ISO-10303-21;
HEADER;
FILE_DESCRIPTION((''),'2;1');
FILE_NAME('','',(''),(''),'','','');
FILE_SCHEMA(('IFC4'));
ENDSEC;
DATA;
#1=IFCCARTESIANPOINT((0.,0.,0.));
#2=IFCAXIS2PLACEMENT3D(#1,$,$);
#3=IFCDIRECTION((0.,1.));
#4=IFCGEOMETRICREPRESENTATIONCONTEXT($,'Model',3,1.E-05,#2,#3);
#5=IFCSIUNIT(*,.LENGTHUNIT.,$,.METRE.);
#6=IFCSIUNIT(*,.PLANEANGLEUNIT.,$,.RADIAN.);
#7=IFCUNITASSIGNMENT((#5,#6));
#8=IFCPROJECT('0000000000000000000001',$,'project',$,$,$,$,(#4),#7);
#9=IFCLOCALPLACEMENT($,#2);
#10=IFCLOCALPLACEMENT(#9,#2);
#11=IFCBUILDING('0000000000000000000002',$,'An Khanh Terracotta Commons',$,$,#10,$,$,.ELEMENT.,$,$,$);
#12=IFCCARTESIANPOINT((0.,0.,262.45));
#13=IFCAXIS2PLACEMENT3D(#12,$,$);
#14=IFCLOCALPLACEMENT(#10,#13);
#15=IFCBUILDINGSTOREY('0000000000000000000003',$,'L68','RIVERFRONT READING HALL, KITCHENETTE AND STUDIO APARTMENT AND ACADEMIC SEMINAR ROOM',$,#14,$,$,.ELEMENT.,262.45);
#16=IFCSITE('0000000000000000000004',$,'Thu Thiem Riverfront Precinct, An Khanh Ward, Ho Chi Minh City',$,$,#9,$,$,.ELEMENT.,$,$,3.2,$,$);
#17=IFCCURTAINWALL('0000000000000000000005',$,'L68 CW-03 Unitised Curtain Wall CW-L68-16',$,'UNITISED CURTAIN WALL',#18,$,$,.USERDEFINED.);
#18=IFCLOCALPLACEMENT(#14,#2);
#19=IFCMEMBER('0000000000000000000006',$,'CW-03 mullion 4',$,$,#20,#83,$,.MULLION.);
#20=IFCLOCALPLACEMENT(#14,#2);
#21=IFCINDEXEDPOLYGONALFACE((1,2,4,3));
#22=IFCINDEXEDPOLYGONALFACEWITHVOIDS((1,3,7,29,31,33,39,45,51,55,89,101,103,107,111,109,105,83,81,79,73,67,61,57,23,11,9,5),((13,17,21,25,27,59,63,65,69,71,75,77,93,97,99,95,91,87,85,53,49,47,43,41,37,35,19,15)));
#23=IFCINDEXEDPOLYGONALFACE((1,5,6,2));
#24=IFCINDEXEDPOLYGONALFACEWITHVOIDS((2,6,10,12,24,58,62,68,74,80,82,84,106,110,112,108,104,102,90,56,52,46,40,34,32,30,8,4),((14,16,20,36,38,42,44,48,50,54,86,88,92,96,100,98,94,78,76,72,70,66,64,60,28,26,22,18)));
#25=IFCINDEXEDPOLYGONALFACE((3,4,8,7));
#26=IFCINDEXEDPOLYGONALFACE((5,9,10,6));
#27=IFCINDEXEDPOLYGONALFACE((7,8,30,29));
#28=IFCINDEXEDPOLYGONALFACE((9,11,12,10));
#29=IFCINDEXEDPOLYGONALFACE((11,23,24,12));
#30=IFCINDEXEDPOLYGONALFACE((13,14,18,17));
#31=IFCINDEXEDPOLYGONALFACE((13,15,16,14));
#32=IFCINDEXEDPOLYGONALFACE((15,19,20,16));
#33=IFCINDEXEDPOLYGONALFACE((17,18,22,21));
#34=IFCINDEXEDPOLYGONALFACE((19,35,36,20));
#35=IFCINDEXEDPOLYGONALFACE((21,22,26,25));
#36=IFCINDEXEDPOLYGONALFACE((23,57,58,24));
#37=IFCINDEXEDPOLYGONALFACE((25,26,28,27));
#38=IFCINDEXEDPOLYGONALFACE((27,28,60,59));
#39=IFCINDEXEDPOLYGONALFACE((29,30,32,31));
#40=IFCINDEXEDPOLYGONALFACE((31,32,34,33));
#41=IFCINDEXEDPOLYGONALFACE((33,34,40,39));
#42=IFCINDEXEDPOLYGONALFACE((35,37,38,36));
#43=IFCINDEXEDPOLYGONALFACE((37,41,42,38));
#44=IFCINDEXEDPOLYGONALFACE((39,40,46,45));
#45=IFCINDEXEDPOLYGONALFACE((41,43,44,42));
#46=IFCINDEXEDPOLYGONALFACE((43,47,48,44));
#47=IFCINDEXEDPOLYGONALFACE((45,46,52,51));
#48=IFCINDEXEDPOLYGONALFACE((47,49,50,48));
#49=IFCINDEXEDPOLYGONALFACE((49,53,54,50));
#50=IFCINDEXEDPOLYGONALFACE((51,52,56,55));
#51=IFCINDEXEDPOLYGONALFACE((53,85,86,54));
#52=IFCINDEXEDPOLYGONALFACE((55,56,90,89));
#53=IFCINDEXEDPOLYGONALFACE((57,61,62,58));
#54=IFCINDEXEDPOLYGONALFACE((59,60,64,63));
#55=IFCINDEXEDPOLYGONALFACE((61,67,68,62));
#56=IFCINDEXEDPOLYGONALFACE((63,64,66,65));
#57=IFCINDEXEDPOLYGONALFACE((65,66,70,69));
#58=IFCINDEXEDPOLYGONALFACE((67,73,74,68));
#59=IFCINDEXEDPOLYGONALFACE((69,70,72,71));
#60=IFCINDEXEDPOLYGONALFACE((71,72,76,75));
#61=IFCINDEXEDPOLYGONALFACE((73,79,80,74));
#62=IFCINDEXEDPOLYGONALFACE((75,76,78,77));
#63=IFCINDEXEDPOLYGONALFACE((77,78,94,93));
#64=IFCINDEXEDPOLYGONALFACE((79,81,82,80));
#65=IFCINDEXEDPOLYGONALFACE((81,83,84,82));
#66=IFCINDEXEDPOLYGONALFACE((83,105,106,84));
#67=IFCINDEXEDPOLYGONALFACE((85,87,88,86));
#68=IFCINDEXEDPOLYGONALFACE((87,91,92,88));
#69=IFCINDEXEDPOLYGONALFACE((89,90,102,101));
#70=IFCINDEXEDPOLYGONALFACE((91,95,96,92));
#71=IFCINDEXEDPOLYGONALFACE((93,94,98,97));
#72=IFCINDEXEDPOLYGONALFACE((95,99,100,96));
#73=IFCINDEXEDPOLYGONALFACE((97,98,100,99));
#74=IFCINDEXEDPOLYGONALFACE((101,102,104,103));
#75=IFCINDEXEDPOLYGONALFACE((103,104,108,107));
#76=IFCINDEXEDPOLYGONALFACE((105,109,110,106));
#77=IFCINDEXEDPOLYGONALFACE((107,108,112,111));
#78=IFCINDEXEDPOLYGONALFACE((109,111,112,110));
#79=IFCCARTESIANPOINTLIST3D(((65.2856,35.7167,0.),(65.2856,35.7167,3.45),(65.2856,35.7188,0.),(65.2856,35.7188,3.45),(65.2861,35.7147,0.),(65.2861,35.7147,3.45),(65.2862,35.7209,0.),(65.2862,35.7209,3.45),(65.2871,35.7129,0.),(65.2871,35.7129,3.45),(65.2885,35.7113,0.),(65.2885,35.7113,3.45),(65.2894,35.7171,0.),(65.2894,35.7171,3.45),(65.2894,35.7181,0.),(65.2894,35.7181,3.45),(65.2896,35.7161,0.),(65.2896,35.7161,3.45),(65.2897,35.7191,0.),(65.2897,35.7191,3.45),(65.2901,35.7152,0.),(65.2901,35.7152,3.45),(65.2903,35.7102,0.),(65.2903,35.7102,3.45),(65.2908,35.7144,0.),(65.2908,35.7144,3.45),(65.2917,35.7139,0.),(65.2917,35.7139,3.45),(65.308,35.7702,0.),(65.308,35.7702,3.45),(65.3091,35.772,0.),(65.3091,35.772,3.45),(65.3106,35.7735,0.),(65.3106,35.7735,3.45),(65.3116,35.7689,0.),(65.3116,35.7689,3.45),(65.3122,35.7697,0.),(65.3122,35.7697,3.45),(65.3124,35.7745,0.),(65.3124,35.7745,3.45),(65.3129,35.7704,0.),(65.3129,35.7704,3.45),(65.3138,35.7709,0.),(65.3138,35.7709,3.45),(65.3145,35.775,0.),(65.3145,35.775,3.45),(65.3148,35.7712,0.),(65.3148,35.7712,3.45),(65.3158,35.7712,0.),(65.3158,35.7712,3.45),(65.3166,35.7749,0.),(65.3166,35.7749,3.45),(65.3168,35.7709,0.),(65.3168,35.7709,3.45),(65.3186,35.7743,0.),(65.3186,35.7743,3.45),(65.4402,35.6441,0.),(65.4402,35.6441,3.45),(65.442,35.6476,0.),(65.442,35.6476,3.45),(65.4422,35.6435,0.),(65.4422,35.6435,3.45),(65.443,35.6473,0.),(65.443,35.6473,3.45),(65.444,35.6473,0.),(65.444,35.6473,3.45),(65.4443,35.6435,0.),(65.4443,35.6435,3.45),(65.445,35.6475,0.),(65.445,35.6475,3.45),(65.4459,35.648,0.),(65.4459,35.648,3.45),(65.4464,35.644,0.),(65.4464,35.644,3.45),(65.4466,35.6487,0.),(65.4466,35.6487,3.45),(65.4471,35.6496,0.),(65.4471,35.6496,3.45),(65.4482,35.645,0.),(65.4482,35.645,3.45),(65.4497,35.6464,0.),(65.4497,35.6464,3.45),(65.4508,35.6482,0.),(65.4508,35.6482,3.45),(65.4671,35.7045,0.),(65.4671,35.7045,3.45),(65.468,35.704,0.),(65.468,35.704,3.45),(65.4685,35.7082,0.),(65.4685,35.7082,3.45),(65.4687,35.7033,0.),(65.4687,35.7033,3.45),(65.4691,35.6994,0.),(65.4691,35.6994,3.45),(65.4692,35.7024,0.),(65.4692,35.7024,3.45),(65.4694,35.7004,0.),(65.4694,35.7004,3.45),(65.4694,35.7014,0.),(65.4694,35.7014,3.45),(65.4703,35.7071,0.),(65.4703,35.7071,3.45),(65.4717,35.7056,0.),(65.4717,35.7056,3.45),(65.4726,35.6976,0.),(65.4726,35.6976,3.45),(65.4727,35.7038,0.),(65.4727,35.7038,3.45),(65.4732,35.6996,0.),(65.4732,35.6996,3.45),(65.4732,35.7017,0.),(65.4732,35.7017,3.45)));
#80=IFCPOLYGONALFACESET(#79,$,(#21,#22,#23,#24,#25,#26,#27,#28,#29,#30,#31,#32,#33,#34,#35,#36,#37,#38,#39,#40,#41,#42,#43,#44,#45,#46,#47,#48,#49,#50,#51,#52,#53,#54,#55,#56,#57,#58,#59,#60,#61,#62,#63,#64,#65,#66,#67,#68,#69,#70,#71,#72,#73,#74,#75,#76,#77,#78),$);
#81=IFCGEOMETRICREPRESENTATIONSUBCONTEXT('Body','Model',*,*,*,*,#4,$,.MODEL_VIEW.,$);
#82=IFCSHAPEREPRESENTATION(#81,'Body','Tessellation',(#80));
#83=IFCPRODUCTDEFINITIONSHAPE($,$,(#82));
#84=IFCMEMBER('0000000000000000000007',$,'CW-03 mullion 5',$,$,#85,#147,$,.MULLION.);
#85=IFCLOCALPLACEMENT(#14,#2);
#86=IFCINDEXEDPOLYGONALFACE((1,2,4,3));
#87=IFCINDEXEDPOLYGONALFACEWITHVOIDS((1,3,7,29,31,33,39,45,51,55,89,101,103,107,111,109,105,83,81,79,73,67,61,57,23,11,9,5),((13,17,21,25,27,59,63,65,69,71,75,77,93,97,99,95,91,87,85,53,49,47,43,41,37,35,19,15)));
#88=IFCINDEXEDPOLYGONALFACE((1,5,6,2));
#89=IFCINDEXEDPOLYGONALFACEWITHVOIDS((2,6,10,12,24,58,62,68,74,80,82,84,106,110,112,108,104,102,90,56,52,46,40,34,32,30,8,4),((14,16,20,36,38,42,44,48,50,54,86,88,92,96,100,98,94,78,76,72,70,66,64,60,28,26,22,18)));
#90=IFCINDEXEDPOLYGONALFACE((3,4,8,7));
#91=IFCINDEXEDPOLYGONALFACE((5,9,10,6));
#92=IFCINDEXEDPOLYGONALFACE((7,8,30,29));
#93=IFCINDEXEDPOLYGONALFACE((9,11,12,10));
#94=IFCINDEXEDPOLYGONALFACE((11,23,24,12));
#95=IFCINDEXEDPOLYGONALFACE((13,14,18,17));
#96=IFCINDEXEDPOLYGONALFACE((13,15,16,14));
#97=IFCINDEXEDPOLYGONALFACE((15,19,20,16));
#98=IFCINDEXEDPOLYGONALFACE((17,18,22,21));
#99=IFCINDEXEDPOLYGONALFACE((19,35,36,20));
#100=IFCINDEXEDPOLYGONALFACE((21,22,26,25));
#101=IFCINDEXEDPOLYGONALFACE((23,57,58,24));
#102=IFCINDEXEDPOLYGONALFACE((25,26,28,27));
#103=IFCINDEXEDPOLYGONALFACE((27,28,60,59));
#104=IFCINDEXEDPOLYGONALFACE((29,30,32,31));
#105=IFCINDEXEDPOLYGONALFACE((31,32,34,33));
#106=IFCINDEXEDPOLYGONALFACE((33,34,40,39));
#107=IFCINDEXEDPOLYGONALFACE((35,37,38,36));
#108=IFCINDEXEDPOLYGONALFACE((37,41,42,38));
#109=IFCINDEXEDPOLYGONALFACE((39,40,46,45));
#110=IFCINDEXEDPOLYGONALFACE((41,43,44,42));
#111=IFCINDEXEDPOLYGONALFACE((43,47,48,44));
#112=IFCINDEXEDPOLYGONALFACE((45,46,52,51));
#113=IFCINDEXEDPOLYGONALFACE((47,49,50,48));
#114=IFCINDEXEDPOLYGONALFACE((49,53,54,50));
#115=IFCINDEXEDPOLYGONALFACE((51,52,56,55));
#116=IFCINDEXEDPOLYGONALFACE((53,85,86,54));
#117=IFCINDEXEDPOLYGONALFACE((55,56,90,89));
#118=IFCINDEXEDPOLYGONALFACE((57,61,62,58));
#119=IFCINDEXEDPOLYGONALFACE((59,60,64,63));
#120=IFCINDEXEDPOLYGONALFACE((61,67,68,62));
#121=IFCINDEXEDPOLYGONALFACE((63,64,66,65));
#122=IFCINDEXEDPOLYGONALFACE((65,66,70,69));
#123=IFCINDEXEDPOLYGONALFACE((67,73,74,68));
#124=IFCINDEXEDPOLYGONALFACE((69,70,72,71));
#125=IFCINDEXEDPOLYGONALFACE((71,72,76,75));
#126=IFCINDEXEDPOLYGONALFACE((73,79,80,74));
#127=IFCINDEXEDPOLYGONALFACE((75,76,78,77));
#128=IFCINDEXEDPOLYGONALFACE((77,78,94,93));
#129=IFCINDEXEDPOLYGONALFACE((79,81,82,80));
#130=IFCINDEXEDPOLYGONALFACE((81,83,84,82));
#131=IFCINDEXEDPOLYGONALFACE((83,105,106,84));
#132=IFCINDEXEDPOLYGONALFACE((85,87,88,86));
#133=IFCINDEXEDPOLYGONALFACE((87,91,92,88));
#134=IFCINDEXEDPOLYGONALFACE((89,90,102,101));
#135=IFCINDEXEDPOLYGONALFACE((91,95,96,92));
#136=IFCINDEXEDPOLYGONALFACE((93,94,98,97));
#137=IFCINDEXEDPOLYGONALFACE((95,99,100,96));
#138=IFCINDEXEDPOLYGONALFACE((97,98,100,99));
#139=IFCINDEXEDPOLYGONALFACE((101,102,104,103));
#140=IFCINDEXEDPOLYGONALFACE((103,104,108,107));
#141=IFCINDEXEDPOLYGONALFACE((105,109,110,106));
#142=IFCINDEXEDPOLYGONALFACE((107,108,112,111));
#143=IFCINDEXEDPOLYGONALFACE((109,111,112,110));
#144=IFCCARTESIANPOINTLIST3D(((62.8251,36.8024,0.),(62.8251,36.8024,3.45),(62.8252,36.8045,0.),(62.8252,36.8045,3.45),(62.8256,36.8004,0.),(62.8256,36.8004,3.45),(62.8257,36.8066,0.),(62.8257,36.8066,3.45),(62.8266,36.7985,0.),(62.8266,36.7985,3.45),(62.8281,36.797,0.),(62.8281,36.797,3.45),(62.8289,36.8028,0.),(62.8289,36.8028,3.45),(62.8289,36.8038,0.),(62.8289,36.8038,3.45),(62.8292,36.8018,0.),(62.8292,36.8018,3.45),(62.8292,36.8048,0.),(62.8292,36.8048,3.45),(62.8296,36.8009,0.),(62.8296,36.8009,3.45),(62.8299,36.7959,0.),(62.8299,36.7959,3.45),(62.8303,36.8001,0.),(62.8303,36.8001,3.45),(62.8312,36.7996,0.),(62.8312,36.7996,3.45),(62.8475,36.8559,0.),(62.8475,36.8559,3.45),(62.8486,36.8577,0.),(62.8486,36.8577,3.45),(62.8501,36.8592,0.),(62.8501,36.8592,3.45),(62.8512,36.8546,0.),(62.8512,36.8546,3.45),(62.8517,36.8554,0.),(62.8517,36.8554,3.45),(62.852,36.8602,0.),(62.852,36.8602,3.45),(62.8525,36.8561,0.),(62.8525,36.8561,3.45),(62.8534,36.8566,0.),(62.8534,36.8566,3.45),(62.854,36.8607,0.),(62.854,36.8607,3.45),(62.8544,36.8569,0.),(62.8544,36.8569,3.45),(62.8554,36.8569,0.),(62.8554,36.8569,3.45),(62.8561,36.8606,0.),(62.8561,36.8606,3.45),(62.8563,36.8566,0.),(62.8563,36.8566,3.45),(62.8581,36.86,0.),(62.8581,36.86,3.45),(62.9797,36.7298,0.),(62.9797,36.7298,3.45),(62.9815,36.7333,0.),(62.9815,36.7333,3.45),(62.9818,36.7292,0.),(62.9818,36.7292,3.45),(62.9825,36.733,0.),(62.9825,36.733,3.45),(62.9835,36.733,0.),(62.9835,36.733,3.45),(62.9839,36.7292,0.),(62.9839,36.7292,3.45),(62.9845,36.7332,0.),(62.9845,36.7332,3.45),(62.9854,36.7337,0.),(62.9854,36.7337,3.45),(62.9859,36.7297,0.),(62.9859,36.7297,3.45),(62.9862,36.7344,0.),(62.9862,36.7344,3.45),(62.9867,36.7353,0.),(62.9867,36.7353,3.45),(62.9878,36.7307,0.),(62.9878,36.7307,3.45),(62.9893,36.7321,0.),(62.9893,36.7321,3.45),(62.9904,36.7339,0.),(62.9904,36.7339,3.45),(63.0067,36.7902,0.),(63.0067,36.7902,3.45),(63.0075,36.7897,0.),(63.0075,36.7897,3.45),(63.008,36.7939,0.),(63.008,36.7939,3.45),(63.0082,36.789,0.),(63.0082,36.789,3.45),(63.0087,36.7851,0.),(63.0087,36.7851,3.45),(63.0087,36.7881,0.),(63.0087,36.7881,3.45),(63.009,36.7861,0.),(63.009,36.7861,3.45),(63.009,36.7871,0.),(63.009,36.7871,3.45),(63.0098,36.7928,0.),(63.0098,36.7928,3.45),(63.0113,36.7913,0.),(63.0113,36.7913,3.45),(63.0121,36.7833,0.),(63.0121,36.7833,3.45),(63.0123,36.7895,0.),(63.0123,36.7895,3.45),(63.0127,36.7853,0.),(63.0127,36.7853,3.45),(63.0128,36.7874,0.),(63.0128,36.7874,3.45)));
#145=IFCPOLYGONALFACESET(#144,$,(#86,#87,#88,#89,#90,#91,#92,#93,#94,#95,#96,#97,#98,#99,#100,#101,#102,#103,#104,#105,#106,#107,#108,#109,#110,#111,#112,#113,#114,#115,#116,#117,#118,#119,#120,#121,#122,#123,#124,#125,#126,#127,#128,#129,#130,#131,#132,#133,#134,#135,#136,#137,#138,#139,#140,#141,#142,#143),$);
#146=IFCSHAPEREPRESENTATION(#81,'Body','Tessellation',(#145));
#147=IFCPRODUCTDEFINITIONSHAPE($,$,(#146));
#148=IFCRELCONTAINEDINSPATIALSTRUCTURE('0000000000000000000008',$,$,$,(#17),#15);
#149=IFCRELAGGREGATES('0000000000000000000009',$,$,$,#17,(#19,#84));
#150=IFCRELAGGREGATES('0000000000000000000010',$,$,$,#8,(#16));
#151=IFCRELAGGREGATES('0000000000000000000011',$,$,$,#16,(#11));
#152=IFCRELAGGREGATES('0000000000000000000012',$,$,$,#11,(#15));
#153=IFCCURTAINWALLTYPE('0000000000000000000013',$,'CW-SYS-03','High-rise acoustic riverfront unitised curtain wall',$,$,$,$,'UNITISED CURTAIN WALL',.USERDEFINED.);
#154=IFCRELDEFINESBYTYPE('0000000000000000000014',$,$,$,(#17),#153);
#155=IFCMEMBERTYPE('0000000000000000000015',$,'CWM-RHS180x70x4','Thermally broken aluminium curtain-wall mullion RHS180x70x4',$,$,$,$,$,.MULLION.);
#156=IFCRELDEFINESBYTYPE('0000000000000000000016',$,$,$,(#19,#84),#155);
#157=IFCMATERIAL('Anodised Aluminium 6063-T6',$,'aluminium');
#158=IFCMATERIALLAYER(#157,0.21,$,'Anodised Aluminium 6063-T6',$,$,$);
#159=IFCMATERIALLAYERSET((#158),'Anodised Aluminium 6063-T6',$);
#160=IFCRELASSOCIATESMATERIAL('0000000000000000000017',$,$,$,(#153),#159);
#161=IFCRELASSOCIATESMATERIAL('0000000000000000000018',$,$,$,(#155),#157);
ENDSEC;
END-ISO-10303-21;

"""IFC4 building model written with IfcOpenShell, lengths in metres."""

from ifc_helpers import new_model, si_unit, direction, frame, origin, origin_2d, place, context, subcontext, project, spatial, hollow_rectangle, extrude, material, layer, layer_set, material_profile, profile_set, type_object, element, aggregate, save


model = new_model("IFC4")

# Units and contexts
model_context = context("Model", 3, precision=1e-05, world=origin(), true_north=direction((0.0, 1.0)))
body_context = subcontext(model_context, "Body", "Model", "MODEL_VIEW")
ifc_project = project(units=[si_unit("LENGTHUNIT", "METRE"), si_unit("PLANEANGLEUNIT", "RADIAN")], contexts=[model_context])

# Site, building, storey
site_placement = place(None, origin())
site = spatial("IfcSite", under=ifc_project, at=site_placement, Name="Thu Thiem Riverfront Precinct, An Khanh Ward, Ho Chi Minh City", CompositionType="ELEMENT", RefElevation=3.2)
building_placement = place(site_placement, origin())
building = spatial("IfcBuilding", under=site, at=building_placement, Name="An Khanh Terracotta Commons", CompositionType="ELEMENT")
storey_placement = place(building_placement, frame((0.0, 0.0, 262.45)))
storey = spatial("IfcBuildingStorey", under=building, at=storey_placement, Name="L68", Description="RIVERFRONT READING HALL, KITCHENETTE AND STUDIO APARTMENT AND ACADEMIC SEMINAR ROOM", CompositionType="ELEMENT", Elevation=262.45)

# Curtain wall, members
ifc_material_1 = material(Name="Anodised Aluminium 6063-T6", Category="aluminium")
ifc_layer_1 = layer(ifc_material_1, 0.21, Name="Anodised Aluminium 6063-T6")
ifc_layer_set_1 = layer_set([ifc_layer_1], Name="Anodised Aluminium 6063-T6")
curtain_wall_type = type_object("IfcCurtainWallType", Name="CW-SYS-03", Description="High-rise acoustic riverfront unitised curtain wall", ElementType="UNITISED CURTAIN WALL", PredefinedType="USERDEFINED", material=ifc_layer_set_1)
curtain_wall_placement = place(storey_placement, origin())
curtain_wall = element("IfcCurtainWall", 1, at=curtain_wall_placement, inside=storey, type_object=curtain_wall_type, Name="L68 CW-03 Unitised Curtain Wall CW-L68-16", ObjectType="UNITISED CURTAIN WALL", PredefinedType="USERDEFINED")
ifc_material_profile_1 = material_profile(ifc_material_1, hollow_rectangle(XDim=0.0701, YDim=0.1799, WallThickness=0.0039, InnerFilletRadius=0.0039, OuterFilletRadius=0.0081, at=origin_2d()), Name="RHS180x70x4")
ifc_profile_set_1 = profile_set([ifc_material_profile_1], Name="Anodised Aluminium 6063-T6")
member_type_1 = type_object("IfcMemberType", Name="CWM-RHS180x70x4", Description="Thermally broken aluminium curtain-wall mullion RHS180x70x4", PredefinedType="MULLION", material=ifc_profile_set_1)
member_1_placement = place(storey_placement, frame((65.3794, 35.7092, 0.0), z_axis=(0.0, 0.0, 1.0), x_axis=(-0.403676, -0.914902, 0.0)))
member_1 = element("IfcMember", 2, at=member_1_placement, type_object=member_type_1, Name="CW-03 mullion 4", PredefinedType="MULLION", context=body_context, shape_type="SweptSolid", body=[
    extrude(hollow_rectangle(XDim=0.0701, YDim=0.1799, WallThickness=0.0039, InnerFilletRadius=0.0039, OuterFilletRadius=0.0081, at=origin_2d()), origin(), (0.0, 0.0, 1.0), 3.45),
])
member_2_placement = place(storey_placement, frame((62.9189, 36.7949, 0.0), z_axis=(0.0, 0.0, 1.0), x_axis=(-0.403676, -0.914902, 0.0)))
member_2 = element("IfcMember", 3, at=member_2_placement, type_object=member_type_1, Name="CW-03 mullion 5", PredefinedType="MULLION", context=body_context, shape_type="SweptSolid", body=[
    extrude(hollow_rectangle(XDim=0.0701, YDim=0.1799, WallThickness=0.0039, InnerFilletRadius=0.0039, OuterFilletRadius=0.0081, at=origin_2d()), origin(), (0.0, 0.0, 1.0), 3.45),
])
aggregate(curtain_wall, [member_1, member_2])

save(model, "model.ifc")
